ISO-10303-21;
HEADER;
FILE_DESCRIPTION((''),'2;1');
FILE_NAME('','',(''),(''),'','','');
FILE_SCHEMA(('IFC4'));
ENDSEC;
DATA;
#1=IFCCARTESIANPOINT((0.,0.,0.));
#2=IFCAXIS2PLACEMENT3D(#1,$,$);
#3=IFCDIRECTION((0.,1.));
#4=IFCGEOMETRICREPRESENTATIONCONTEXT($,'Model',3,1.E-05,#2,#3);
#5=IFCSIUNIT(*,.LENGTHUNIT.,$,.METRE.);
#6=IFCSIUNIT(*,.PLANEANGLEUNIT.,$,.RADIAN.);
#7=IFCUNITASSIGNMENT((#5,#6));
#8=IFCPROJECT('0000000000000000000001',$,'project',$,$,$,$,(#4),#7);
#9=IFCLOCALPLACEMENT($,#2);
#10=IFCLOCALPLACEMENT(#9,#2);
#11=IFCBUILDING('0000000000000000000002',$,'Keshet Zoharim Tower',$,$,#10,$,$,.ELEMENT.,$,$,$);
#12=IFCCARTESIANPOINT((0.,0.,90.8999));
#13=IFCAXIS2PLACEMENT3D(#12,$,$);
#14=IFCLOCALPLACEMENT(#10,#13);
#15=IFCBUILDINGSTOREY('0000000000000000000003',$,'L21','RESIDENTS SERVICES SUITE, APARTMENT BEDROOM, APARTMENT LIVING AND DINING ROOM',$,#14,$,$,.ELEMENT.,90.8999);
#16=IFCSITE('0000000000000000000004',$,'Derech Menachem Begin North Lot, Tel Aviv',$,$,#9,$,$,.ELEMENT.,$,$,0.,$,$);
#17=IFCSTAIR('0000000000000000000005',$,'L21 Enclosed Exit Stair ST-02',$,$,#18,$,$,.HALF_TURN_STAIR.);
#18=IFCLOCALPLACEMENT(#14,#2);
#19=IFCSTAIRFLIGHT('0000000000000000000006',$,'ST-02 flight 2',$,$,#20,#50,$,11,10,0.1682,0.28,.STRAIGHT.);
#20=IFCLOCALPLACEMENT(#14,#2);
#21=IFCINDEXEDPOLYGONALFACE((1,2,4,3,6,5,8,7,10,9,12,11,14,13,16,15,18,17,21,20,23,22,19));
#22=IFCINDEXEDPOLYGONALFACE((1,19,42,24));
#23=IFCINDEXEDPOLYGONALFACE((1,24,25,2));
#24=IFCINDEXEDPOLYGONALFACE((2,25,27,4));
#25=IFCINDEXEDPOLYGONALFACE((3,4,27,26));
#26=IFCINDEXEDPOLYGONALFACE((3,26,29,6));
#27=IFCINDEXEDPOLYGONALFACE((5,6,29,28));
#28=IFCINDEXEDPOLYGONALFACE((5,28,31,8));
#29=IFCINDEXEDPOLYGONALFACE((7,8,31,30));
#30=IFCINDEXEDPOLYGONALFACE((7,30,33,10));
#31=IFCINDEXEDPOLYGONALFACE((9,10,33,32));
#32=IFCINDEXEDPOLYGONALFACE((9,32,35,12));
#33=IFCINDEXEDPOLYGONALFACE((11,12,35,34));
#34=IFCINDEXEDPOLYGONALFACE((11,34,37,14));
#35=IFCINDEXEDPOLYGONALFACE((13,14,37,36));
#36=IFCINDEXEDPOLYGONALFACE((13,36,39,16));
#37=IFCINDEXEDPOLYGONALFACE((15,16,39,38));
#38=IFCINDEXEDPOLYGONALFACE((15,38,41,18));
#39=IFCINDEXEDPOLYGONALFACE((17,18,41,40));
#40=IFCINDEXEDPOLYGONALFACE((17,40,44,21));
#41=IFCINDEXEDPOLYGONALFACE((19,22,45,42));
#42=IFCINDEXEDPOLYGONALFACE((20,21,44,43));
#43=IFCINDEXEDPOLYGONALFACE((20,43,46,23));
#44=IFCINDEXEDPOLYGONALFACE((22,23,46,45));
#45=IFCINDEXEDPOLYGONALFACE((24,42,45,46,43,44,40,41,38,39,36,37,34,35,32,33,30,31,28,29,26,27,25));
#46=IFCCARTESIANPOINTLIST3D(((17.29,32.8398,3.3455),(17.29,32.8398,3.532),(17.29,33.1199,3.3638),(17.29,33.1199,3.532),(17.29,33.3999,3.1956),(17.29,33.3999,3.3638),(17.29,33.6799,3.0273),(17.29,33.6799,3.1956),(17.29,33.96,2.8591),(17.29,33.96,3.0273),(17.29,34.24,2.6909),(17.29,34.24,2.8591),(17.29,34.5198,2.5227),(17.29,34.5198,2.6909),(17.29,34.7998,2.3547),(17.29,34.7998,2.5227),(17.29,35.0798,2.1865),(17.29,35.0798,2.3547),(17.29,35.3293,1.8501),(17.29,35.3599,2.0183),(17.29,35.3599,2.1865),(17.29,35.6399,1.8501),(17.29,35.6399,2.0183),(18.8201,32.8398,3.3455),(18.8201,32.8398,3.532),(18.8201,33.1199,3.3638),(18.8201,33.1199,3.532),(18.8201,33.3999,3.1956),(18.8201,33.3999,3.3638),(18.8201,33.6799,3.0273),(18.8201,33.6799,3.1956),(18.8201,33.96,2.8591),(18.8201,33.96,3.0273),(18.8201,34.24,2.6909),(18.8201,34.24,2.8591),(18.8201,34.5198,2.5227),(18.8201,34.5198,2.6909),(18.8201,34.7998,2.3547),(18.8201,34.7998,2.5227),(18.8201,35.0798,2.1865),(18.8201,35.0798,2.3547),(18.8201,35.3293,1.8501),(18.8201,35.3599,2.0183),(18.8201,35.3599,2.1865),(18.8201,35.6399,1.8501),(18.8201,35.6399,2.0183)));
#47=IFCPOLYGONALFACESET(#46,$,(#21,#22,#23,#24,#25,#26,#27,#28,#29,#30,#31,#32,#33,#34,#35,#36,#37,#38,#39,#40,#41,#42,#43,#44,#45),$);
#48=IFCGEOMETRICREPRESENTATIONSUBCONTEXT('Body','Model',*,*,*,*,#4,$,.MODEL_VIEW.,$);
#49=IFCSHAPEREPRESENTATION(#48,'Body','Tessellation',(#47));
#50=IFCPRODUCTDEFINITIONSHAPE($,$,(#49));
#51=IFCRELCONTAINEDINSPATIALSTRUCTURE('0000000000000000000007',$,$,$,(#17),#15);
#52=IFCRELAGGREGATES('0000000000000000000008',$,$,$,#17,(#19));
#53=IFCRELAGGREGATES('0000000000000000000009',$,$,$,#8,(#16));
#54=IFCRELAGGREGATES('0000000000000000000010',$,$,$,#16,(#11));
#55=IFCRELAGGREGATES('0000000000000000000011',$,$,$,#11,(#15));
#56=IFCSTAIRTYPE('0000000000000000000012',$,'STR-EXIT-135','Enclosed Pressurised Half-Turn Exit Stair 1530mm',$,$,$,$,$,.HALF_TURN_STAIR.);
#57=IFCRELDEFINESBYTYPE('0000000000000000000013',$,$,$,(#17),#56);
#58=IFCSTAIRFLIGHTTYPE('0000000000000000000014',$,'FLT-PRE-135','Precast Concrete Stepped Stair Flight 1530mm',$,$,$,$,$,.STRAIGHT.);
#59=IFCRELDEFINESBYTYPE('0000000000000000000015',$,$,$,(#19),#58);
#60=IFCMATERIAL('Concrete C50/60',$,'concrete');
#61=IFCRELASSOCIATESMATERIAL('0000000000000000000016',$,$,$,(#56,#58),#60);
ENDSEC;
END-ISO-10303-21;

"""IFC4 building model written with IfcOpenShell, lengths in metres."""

from ifc_helpers import new_model, si_unit, direction, frame, origin, place, context, subcontext, project, spatial, polyline, outline, extrude, material, type_object, element, aggregate, save


model = new_model("IFC4")

# Units and contexts
model_context = context("Model", 3, precision=1e-05, world=origin(), true_north=direction((0.0, 1.0)))
body_context = subcontext(model_context, "Body", "Model", "MODEL_VIEW")
ifc_project = project(units=[si_unit("LENGTHUNIT", "METRE"), si_unit("PLANEANGLEUNIT", "RADIAN")], contexts=[model_context])

# Site, building, storey
site_placement = place(None, origin())
site = spatial("IfcSite", under=ifc_project, at=site_placement, Name="Derech Menachem Begin North Lot, Tel Aviv", CompositionType="ELEMENT", RefElevation=0.0)
building_placement = place(site_placement, origin())
building = spatial("IfcBuilding", under=site, at=building_placement, Name="Keshet Zoharim Tower", CompositionType="ELEMENT")
storey_placement = place(building_placement, frame((0.0, 0.0, 90.8999)))
storey = spatial("IfcBuildingStorey", under=building, at=storey_placement, Name="L21", Description="RESIDENTS SERVICES SUITE, APARTMENT BEDROOM, APARTMENT LIVING AND DINING ROOM", CompositionType="ELEMENT", Elevation=90.8999)

# Shared definitions
ifc_material_1 = material(Name="Concrete C50/60", Category="concrete")

# Stair, stair flight
stair_type = type_object("IfcStairType", Name="STR-EXIT-135", Description="Enclosed Pressurised Half-Turn Exit Stair 1530mm", PredefinedType="HALF_TURN_STAIR", material=ifc_material_1)
stair_placement = place(storey_placement, origin())
stair = element("IfcStair", 1, at=stair_placement, inside=storey, type_object=stair_type, Name="L21 Enclosed Exit Stair ST-02", PredefinedType="HALF_TURN_STAIR")
stair_flight_type = type_object("IfcStairFlightType", Name="FLT-PRE-135", Description="Precast Concrete Stepped Stair Flight 1530mm", PredefinedType="STRAIGHT", material=ifc_material_1)
stair_flight_placement = place(storey_placement, frame((18.0549, 35.6399, 1.8501), z_axis=(0.0, 0.0, 1.0), x_axis=(0.0, -1.0, 0.0)))
stair_flight = element("IfcStairFlight", 2, at=stair_flight_placement, type_object=stair_flight_type, Name="ST-02 flight 2", NumberOfRisers=11, NumberOfTreads=10, PredefinedType="STRAIGHT", RiserHeight=0.1682, TreadLength=0.28, context=body_context, shape_type="SweptSolid", body=[
    extrude(outline(polyline([(0.0, 0.0), (0.0, 0.1682), (0.28, 0.1682), (0.28, 0.3364), (0.5601, 0.3364), (0.5601, 0.5046), (0.8401, 0.5046), (0.8401, 0.6726), (1.1201, 0.6726), (1.1201, 0.8408), (1.3999, 0.8408), (1.3999, 1.009), (1.6799, 1.009), (1.6799, 1.1772), (1.96, 1.1772), (1.96, 1.3455), (2.24, 1.3455), (2.24, 1.5137), (2.52, 1.5137), (2.52, 1.6819), (2.8, 1.6819), (2.8, 1.8501), (2.8, 1.4954), (0.3105, 0.0), (0.0, 0.0)])), frame((0.0, 0.7651, 0.0), z_axis=(0.0, -1.0, 0.0), x_axis=(1.0, 0.0, 0.0)), (0.0, 0.0, 1.0), 1.53),
])
aggregate(stair, [stair_flight])

save(model, "model.ifc")
